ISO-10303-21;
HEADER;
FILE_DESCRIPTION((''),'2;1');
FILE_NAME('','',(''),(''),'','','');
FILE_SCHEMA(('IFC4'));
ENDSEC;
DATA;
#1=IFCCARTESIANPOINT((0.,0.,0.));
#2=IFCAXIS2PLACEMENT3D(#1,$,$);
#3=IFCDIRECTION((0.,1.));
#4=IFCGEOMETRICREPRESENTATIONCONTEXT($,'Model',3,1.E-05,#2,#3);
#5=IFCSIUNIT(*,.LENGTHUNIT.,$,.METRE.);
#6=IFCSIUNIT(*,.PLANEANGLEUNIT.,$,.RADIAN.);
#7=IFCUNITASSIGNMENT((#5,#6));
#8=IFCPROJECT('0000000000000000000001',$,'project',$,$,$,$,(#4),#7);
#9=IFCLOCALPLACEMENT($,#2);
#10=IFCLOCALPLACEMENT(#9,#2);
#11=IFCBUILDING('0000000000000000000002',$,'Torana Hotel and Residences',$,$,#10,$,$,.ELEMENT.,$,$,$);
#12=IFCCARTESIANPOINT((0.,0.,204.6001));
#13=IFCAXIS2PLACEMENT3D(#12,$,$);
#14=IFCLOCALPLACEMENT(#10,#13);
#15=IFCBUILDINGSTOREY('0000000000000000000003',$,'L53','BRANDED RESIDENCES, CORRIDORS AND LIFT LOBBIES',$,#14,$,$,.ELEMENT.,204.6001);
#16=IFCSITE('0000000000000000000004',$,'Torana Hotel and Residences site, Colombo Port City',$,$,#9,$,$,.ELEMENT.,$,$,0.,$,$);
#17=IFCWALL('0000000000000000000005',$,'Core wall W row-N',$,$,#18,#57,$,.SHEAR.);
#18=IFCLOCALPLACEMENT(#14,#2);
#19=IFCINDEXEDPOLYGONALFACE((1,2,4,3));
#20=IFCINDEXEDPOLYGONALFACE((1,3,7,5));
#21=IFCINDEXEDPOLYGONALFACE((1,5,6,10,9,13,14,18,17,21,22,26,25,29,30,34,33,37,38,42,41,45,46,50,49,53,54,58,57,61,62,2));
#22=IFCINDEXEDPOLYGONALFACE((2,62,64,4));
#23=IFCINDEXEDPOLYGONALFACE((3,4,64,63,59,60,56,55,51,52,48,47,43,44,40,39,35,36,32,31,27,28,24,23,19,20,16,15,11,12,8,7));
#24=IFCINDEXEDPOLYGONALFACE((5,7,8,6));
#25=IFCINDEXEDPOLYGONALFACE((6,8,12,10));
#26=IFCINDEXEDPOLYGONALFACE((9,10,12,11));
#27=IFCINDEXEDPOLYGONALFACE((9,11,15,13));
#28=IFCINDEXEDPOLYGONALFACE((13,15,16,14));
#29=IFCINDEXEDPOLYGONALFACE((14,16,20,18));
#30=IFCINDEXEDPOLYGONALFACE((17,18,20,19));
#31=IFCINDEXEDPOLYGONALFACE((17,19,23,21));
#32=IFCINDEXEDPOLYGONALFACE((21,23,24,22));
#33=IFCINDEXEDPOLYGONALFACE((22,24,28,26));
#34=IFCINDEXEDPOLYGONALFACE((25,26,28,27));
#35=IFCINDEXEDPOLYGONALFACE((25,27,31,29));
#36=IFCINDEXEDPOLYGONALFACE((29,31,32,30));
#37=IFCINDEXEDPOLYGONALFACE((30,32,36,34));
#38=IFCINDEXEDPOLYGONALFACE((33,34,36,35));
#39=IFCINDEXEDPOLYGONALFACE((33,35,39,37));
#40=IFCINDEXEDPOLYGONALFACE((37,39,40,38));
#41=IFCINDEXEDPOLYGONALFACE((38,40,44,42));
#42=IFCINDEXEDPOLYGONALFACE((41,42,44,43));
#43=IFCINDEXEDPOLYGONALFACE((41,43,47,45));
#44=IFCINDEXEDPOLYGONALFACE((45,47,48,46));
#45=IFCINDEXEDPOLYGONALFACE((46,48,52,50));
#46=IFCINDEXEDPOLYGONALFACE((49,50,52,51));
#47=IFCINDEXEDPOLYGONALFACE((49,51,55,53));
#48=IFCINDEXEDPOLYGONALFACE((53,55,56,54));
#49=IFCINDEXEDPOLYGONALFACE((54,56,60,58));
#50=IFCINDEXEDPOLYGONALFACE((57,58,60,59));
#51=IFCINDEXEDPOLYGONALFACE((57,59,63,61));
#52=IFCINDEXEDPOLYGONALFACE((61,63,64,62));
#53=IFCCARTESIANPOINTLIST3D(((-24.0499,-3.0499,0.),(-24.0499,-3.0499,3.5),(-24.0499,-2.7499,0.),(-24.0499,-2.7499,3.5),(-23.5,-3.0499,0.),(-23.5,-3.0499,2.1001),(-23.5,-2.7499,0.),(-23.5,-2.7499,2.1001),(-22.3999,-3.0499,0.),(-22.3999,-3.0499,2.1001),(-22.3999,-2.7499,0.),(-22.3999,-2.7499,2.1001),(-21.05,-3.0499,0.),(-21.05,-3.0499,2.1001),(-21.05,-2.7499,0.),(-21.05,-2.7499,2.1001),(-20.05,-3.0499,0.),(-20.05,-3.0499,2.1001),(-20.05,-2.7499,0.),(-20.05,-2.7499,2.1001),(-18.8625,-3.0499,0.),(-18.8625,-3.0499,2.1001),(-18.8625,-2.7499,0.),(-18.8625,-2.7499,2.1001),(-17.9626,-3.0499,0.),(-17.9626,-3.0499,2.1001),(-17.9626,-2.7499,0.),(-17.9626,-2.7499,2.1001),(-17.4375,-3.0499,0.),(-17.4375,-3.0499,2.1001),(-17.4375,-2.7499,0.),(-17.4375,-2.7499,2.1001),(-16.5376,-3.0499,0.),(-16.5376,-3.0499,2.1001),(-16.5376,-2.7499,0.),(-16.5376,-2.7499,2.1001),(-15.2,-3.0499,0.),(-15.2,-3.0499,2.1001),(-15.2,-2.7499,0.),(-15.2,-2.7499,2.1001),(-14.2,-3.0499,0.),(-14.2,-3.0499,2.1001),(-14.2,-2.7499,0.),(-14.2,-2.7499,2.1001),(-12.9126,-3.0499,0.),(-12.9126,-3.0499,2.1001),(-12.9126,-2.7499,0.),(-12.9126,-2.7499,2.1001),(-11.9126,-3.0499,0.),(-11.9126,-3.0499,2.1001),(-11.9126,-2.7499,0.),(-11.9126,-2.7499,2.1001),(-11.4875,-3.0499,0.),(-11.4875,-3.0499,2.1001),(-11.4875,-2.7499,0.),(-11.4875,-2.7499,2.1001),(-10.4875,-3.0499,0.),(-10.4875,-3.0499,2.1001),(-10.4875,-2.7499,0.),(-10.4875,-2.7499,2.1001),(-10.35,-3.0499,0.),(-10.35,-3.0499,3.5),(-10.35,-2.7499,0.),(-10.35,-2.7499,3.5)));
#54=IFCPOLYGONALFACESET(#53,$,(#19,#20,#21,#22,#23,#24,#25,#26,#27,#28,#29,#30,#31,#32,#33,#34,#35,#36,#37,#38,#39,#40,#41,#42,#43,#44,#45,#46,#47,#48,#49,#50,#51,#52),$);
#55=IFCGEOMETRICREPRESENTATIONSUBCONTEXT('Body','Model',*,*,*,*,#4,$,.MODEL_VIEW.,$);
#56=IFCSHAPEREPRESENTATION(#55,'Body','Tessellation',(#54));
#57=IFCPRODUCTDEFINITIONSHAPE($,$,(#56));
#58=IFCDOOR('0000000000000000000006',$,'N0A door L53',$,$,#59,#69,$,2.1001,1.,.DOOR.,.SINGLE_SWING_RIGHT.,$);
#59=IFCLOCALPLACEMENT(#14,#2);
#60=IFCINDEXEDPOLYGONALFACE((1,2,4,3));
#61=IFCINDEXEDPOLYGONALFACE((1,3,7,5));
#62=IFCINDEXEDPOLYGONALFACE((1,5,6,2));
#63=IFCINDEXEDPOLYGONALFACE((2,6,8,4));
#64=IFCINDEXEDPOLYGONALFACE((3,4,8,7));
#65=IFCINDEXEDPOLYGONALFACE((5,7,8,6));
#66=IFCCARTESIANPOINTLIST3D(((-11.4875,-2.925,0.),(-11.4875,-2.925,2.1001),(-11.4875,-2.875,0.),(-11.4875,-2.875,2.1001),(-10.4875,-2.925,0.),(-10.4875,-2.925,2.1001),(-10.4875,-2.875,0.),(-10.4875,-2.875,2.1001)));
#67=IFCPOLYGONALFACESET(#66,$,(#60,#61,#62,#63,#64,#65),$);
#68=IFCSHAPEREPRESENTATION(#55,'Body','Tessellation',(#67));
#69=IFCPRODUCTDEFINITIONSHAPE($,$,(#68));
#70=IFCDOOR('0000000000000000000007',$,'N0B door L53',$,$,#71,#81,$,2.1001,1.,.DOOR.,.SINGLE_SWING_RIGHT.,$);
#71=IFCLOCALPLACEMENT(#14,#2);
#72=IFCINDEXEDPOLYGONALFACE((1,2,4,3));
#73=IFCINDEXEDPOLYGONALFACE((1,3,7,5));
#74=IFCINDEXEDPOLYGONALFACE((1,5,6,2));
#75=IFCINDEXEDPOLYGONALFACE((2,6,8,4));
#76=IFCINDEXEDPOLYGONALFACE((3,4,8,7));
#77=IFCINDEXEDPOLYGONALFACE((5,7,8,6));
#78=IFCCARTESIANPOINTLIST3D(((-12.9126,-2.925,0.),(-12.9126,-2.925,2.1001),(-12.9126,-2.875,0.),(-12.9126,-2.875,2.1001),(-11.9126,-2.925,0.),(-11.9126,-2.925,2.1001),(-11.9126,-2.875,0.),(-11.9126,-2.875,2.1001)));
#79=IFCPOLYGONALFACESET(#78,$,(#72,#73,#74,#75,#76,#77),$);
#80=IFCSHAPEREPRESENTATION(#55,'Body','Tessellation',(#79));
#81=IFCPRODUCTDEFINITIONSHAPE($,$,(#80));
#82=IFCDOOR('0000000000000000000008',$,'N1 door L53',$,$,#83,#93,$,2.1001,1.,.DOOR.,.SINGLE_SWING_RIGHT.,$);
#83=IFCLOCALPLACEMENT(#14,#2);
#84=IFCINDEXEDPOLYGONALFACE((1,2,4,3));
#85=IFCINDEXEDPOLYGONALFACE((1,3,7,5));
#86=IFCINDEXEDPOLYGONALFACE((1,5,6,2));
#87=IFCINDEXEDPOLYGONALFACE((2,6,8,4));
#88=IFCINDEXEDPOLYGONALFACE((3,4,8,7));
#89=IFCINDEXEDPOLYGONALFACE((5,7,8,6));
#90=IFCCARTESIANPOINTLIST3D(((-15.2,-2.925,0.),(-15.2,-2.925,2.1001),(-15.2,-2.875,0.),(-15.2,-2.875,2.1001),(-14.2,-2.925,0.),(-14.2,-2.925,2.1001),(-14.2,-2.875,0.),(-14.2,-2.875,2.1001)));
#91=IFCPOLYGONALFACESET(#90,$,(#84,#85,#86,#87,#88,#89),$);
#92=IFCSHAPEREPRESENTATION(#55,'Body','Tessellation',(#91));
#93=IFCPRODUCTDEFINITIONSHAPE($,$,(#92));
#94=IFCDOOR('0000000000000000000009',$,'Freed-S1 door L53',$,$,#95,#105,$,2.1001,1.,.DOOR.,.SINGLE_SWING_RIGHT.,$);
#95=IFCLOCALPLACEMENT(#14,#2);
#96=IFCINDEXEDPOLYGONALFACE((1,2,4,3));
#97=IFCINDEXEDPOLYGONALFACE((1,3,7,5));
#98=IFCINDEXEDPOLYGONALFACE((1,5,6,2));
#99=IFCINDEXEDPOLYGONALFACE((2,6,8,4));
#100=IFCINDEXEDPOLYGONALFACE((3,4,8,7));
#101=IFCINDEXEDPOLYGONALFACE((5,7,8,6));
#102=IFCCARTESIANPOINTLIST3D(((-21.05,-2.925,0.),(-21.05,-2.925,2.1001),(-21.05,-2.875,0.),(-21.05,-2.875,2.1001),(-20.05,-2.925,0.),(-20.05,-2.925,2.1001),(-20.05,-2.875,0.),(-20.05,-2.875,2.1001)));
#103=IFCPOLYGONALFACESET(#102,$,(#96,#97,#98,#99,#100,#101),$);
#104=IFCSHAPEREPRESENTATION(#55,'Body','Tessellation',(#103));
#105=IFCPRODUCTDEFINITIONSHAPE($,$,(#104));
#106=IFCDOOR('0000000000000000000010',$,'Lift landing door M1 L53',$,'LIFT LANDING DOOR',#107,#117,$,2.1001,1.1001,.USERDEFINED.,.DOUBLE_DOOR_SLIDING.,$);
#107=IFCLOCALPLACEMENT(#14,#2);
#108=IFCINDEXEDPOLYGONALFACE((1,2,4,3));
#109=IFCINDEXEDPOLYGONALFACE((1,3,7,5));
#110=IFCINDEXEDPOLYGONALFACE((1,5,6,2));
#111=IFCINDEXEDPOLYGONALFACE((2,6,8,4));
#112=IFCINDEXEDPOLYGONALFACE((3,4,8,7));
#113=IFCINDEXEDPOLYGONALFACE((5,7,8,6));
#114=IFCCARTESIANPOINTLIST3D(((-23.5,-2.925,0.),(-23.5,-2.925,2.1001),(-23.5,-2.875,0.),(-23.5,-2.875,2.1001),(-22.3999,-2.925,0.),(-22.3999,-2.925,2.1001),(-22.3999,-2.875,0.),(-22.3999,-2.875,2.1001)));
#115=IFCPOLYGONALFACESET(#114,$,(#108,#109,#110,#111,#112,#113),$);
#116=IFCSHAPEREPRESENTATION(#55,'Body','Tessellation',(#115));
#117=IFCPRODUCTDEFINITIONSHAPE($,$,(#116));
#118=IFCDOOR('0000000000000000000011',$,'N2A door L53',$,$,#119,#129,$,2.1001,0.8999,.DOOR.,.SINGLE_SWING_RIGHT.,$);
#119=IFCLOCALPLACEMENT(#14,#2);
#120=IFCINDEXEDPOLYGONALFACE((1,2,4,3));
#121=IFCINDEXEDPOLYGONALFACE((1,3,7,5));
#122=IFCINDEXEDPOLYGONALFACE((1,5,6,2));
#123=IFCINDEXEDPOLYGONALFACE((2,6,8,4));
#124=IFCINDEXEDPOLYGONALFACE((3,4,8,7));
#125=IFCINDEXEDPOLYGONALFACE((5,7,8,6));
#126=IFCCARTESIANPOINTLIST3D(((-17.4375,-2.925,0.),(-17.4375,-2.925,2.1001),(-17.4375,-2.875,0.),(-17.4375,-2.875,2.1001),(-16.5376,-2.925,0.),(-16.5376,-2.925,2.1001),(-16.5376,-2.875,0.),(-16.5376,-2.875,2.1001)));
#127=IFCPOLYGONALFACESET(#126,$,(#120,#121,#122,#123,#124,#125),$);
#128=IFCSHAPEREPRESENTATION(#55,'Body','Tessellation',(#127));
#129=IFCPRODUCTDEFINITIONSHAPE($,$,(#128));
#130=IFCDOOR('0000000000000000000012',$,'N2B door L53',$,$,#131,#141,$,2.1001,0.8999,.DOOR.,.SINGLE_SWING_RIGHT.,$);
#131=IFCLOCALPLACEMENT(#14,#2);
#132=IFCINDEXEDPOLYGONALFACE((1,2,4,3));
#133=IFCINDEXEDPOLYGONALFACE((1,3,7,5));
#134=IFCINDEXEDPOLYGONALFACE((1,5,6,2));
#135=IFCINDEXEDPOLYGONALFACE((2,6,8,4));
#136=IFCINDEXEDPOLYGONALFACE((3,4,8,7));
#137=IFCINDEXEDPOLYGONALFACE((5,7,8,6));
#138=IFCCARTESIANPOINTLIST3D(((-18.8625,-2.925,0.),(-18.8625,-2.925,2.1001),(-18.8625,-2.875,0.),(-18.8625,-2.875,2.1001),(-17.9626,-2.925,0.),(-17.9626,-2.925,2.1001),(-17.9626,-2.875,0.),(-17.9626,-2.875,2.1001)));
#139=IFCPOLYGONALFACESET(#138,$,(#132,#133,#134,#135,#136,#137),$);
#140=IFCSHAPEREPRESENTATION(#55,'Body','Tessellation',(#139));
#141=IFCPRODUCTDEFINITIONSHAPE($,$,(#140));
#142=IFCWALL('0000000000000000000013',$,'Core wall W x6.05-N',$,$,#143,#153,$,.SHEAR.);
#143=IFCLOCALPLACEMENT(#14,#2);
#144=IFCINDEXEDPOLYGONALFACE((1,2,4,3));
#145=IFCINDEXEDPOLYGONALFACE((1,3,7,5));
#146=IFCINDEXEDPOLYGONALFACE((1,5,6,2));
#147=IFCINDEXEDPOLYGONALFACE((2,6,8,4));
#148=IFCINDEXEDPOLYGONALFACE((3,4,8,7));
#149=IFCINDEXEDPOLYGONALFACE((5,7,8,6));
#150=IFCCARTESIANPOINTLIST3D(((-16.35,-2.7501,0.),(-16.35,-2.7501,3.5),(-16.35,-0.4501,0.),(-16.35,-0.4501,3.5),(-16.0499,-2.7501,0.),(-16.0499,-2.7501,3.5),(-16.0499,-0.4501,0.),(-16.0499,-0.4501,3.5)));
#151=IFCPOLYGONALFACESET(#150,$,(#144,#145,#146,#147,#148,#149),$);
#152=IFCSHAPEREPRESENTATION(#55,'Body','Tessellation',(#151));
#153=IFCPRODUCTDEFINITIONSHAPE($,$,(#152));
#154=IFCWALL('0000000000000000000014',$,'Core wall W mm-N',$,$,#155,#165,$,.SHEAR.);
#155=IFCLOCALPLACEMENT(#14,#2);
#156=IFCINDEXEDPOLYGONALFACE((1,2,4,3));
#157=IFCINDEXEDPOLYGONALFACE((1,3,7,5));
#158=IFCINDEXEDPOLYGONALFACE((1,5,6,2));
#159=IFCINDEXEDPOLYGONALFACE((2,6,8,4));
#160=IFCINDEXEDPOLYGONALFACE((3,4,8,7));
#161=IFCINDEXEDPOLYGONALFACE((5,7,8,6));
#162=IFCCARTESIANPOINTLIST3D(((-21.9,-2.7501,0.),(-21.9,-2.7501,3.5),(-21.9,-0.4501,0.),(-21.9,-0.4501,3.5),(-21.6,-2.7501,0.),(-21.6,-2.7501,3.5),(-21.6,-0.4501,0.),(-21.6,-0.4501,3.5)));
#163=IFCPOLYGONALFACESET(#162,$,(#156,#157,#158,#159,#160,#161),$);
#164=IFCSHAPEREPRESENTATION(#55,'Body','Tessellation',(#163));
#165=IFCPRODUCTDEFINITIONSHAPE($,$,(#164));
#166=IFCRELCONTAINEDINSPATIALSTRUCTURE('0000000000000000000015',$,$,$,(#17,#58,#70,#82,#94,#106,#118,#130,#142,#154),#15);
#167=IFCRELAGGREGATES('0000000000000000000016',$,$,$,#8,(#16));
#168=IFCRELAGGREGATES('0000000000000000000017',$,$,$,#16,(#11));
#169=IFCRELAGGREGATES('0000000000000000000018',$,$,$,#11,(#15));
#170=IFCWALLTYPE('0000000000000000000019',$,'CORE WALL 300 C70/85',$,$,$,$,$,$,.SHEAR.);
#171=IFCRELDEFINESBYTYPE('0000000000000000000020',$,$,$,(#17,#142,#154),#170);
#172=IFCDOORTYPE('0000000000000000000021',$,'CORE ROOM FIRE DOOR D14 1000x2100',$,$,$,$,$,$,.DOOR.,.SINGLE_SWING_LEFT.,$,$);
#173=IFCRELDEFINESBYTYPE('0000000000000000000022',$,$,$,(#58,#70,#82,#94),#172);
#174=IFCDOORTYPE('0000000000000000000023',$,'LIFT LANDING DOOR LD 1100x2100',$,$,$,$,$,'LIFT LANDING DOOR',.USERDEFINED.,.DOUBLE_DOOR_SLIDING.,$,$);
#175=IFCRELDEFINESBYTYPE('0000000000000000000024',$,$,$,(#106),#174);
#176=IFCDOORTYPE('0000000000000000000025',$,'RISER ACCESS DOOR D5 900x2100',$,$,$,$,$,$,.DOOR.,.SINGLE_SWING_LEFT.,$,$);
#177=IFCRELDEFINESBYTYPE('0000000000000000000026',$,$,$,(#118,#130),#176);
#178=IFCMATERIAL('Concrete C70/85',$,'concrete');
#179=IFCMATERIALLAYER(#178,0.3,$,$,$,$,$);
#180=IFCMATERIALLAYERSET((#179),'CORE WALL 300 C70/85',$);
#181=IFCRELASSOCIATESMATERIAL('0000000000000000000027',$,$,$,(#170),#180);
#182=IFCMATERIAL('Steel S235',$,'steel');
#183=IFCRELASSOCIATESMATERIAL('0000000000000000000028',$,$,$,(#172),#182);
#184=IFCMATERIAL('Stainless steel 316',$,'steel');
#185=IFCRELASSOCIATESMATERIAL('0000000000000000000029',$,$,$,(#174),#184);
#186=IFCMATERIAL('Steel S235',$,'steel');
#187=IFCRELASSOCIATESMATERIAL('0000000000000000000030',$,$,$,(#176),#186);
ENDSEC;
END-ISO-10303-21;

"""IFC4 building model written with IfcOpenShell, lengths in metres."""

from ifc_helpers import new_model, si_unit, direction, frame, frame_2d, origin, place, context, subcontext, project, spatial, rectangle, extrude, material, layer, layer_set, type_object, element, fill, save


model = new_model("IFC4")

# Units and contexts
model_context = context("Model", 3, precision=1e-05, world=origin(), true_north=direction((0.0, 1.0)))
body_context = subcontext(model_context, "Body", "Model", "MODEL_VIEW")
ifc_project = project(units=[si_unit("LENGTHUNIT", "METRE"), si_unit("PLANEANGLEUNIT", "RADIAN")], contexts=[model_context])

# Site, building, storey
site_placement = place(None, origin())
site = spatial("IfcSite", under=ifc_project, at=site_placement, Name="Torana Hotel and Residences site, Colombo Port City", CompositionType="ELEMENT", RefElevation=0.0)
building_placement = place(site_placement, origin())
building = spatial("IfcBuilding", under=site, at=building_placement, Name="Torana Hotel and Residences", CompositionType="ELEMENT")
storey_placement = place(building_placement, frame((0.0, 0.0, 204.6001)))
storey = spatial("IfcBuildingStorey", under=building, at=storey_placement, Name="L53", Description="BRANDED RESIDENCES, CORRIDORS AND LIFT LOBBIES", CompositionType="ELEMENT", Elevation=204.6001)

# Wall, openings, doors
ifc_material_1 = material(Name="Concrete C70/85", Category="concrete")
ifc_layer_1 = layer(ifc_material_1, 0.3)
ifc_layer_set_1 = layer_set([ifc_layer_1], Name="CORE WALL 300 C70/85")
wall_type_1 = type_object("IfcWallType", Name="CORE WALL 300 C70/85", PredefinedType="SHEAR", material=ifc_layer_set_1)
wall_1_placement = place(storey_placement, frame((-24.05, -2.8999, 0.0), z_axis=(0.0, 0.0, 1.0), x_axis=(1.0, 0.0, 0.0)))
wall_1 = element("IfcWall", 1, at=wall_1_placement, inside=storey, type_object=wall_type_1, Name="Core wall W row-N", PredefinedType="SHEAR", context=body_context, shape_type="SweptSolid", body=[
    extrude(rectangle(XDim=13.7, YDim=0.3, at=frame_2d((6.8501, 0.0))), origin(), (0.0, 0.0, 1.0), 3.5),
])
opening_1_placement = place(wall_1_placement, frame((0.55, 0.0, 0.0)))
opening_1 = element("IfcOpeningElement", 2, at=opening_1_placement, cuts=wall_1, PredefinedType="OPENING", context=body_context, shape_type="SweptSolid", body=[
    extrude(rectangle(XDim=1.1001, YDim=2.1001, at=frame_2d((0.55, 1.05))), frame((0.0, 0.1599, 0.0), z_axis=(0.0, -1.0, 0.0), x_axis=(1.0, 0.0, 0.0)), (0.0, 0.0, 1.0), 0.3201),
])
opening_2_placement = place(wall_1_placement, frame((6.6125, 0.0, 0.0)))
opening_2 = element("IfcOpeningElement", 3, at=opening_2_placement, cuts=wall_1, PredefinedType="OPENING", context=body_context, shape_type="SweptSolid", body=[
    extrude(rectangle(XDim=0.8999, YDim=2.1001, at=frame_2d((0.45, 1.05))), frame((0.0, 0.1599, 0.0), z_axis=(0.0, -1.0, 0.0), x_axis=(1.0, 0.0, 0.0)), (0.0, 0.0, 1.0), 0.3201),
])
opening_3_placement = place(wall_1_placement, frame((5.1875, 0.0, 0.0)))
opening_3 = element("IfcOpeningElement", 4, at=opening_3_placement, cuts=wall_1, PredefinedType="OPENING", context=body_context, shape_type="SweptSolid", body=[
    extrude(rectangle(XDim=0.8999, YDim=2.1001, at=frame_2d((0.45, 1.05))), frame((0.0, 0.1599, 0.0), z_axis=(0.0, -1.0, 0.0), x_axis=(1.0, 0.0, 0.0)), (0.0, 0.0, 1.0), 0.3201),
])
opening_4_placement = place(wall_1_placement, frame((12.5625, 0.0, 0.0)))
opening_4 = element("IfcOpeningElement", 5, at=opening_4_placement, cuts=wall_1, PredefinedType="OPENING", context=body_context, shape_type="SweptSolid", body=[
    extrude(rectangle(XDim=1.0, YDim=2.1001, at=frame_2d((0.5, 1.05))), frame((0.0, 0.1599, 0.0), z_axis=(0.0, -1.0, 0.0), x_axis=(1.0, 0.0, 0.0)), (0.0, 0.0, 1.0), 0.3201),
])
opening_5_placement = place(wall_1_placement, frame((11.1375, 0.0, 0.0)))
opening_5 = element("IfcOpeningElement", 6, at=opening_5_placement, cuts=wall_1, PredefinedType="OPENING", context=body_context, shape_type="SweptSolid", body=[
    extrude(rectangle(XDim=1.0, YDim=2.1001, at=frame_2d((0.5, 1.05))), frame((0.0, 0.1599, 0.0), z_axis=(0.0, -1.0, 0.0), x_axis=(1.0, 0.0, 0.0)), (0.0, 0.0, 1.0), 0.3201),
])
opening_6_placement = place(wall_1_placement, frame((8.8501, 0.0, 0.0)))
opening_6 = element("IfcOpeningElement", 7, at=opening_6_placement, cuts=wall_1, PredefinedType="OPENING", context=body_context, shape_type="SweptSolid", body=[
    extrude(rectangle(XDim=1.0, YDim=2.1001, at=frame_2d((0.5, 1.05))), frame((0.0, 0.1599, 0.0), z_axis=(0.0, -1.0, 0.0), x_axis=(1.0, 0.0, 0.0)), (0.0, 0.0, 1.0), 0.3201),
])
opening_7_placement = place(wall_1_placement, frame((3.0, 0.0, 0.0)))
opening_7 = element("IfcOpeningElement", 8, at=opening_7_placement, cuts=wall_1, PredefinedType="OPENING", context=body_context, shape_type="SweptSolid", body=[
    extrude(rectangle(XDim=1.0, YDim=2.1001, at=frame_2d((0.5, 1.05))), frame((0.0, 0.1599, 0.0), z_axis=(0.0, -1.0, 0.0), x_axis=(1.0, 0.0, 0.0)), (0.0, 0.0, 1.0), 0.3201),
])
ifc_material_2 = material(Name="Steel S235", Category="steel")
door_type_1 = type_object("IfcDoorType", Name="CORE ROOM FIRE DOOR D14 1000x2100", OperationType="SINGLE_SWING_LEFT", PredefinedType="DOOR", material=ifc_material_2)
door_1_placement = place(opening_4_placement, origin())
door_1 = element("IfcDoor", 9, at=door_1_placement, inside=storey, type_object=door_type_1, Name="N0A door L53", OperationType="SINGLE_SWING_RIGHT", OverallHeight=2.1001, OverallWidth=1.0, PredefinedType="DOOR", context=body_context, shape_type="SweptSolid", body=[
    extrude(rectangle(XDim=1.0, YDim=2.1001, at=frame_2d((0.5, 1.05))), frame((0.0, 0.0249, 0.0), z_axis=(0.0, -1.0, 0.0), x_axis=(1.0, 0.0, 0.0)), (0.0, 0.0, 1.0), 0.05),
])
fill(opening_4, door_1)
door_2_placement = place(opening_5_placement, origin())
door_2 = element("IfcDoor", 10, at=door_2_placement, inside=storey, type_object=door_type_1, Name="N0B door L53", OperationType="SINGLE_SWING_RIGHT", OverallHeight=2.1001, OverallWidth=1.0, PredefinedType="DOOR", context=body_context, shape_type="SweptSolid", body=[
    extrude(rectangle(XDim=1.0, YDim=2.1001, at=frame_2d((0.5, 1.05))), frame((0.0, 0.0249, 0.0), z_axis=(0.0, -1.0, 0.0), x_axis=(1.0, 0.0, 0.0)), (0.0, 0.0, 1.0), 0.05),
])
fill(opening_5, door_2)
door_3_placement = place(opening_6_placement, origin())
door_3 = element("IfcDoor", 11, at=door_3_placement, inside=storey, type_object=door_type_1, Name="N1 door L53", OperationType="SINGLE_SWING_RIGHT", OverallHeight=2.1001, OverallWidth=1.0, PredefinedType="DOOR", context=body_context, shape_type="SweptSolid", body=[
    extrude(rectangle(XDim=1.0, YDim=2.1001, at=frame_2d((0.5, 1.05))), frame((0.0, 0.0249, 0.0), z_axis=(0.0, -1.0, 0.0), x_axis=(1.0, 0.0, 0.0)), (0.0, 0.0, 1.0), 0.05),
])
fill(opening_6, door_3)
door_4_placement = place(opening_7_placement, origin())
door_4 = element("IfcDoor", 12, at=door_4_placement, inside=storey, type_object=door_type_1, Name="Freed-S1 door L53", OperationType="SINGLE_SWING_RIGHT", OverallHeight=2.1001, OverallWidth=1.0, PredefinedType="DOOR", context=body_context, shape_type="SweptSolid", body=[
    extrude(rectangle(XDim=1.0, YDim=2.1001, at=frame_2d((0.5, 1.05))), frame((0.0, 0.0249, 0.0), z_axis=(0.0, -1.0, 0.0), x_axis=(1.0, 0.0, 0.0)), (0.0, 0.0, 1.0), 0.05),
])
fill(opening_7, door_4)
ifc_material_3 = material(Name="Stainless steel 316", Category="steel")
door_type_2 = type_object("IfcDoorType", Name="LIFT LANDING DOOR LD 1100x2100", ElementType="LIFT LANDING DOOR", OperationType="DOUBLE_DOOR_SLIDING", PredefinedType="USERDEFINED", material=ifc_material_3)
door_5_placement = place(opening_1_placement, origin())
door_5 = element("IfcDoor", 13, at=door_5_placement, inside=storey, type_object=door_type_2, Name="Lift landing door M1 L53", ObjectType="LIFT LANDING DOOR", OperationType="DOUBLE_DOOR_SLIDING", OverallHeight=2.1001, OverallWidth=1.1001, PredefinedType="USERDEFINED", context=body_context, shape_type="SweptSolid", body=[
    extrude(rectangle(XDim=1.1001, YDim=2.1001, at=frame_2d((0.55, 1.05))), frame((0.0, 0.0249, 0.0), z_axis=(0.0, -1.0, 0.0), x_axis=(1.0, 0.0, 0.0)), (0.0, 0.0, 1.0), 0.05),
])
fill(opening_1, door_5)
ifc_material_4 = material(Name="Steel S235", Category="steel")
door_type_3 = type_object("IfcDoorType", Name="RISER ACCESS DOOR D5 900x2100", OperationType="SINGLE_SWING_LEFT", PredefinedType="DOOR", material=ifc_material_4)
door_6_placement = place(opening_2_placement, origin())
door_6 = element("IfcDoor", 14, at=door_6_placement, inside=storey, type_object=door_type_3, Name="N2A door L53", OperationType="SINGLE_SWING_RIGHT", OverallHeight=2.1001, OverallWidth=0.8999, PredefinedType="DOOR", context=body_context, shape_type="SweptSolid", body=[
    extrude(rectangle(XDim=0.8999, YDim=2.1001, at=frame_2d((0.45, 1.05))), frame((0.0, 0.0249, 0.0), z_axis=(0.0, -1.0, 0.0), x_axis=(1.0, 0.0, 0.0)), (0.0, 0.0, 1.0), 0.05),
])
fill(opening_2, door_6)
door_7_placement = place(opening_3_placement, origin())
door_7 = element("IfcDoor", 15, at=door_7_placement, inside=storey, type_object=door_type_3, Name="N2B door L53", OperationType="SINGLE_SWING_RIGHT", OverallHeight=2.1001, OverallWidth=0.8999, PredefinedType="DOOR", context=body_context, shape_type="SweptSolid", body=[
    extrude(rectangle(XDim=0.8999, YDim=2.1001, at=frame_2d((0.45, 1.05))), frame((0.0, 0.0249, 0.0), z_axis=(0.0, -1.0, 0.0), x_axis=(1.0, 0.0, 0.0)), (0.0, 0.0, 1.0), 0.05),
])
fill(opening_3, door_7)

# Walls
for number, where, z_axis, x_axis, name in (
    (16, (-16.2, -2.75, 0.0), (0.0, 0.0, 1.0), (0.0, 1.0, 0.0), "Core wall W x6.05-N"),
    (17, (-21.75, -2.75, 0.0), (0.0, 0.0, 1.0), (0.0, 1.0, 0.0), "Core wall W mm-N"),
):
    element("IfcWall", number, at=place(storey_placement, frame(where, z_axis=z_axis, x_axis=x_axis)), inside=storey, type_object=wall_type_1, Name=name, PredefinedType="SHEAR", context=body_context, shape_type="SweptSolid", body=[
        extrude(rectangle(XDim=2.3, YDim=0.3, at=frame_2d((1.1499, 0.0))), origin(), (0.0, 0.0, 1.0), 3.5),
    ])

save(model, "model.ifc")
